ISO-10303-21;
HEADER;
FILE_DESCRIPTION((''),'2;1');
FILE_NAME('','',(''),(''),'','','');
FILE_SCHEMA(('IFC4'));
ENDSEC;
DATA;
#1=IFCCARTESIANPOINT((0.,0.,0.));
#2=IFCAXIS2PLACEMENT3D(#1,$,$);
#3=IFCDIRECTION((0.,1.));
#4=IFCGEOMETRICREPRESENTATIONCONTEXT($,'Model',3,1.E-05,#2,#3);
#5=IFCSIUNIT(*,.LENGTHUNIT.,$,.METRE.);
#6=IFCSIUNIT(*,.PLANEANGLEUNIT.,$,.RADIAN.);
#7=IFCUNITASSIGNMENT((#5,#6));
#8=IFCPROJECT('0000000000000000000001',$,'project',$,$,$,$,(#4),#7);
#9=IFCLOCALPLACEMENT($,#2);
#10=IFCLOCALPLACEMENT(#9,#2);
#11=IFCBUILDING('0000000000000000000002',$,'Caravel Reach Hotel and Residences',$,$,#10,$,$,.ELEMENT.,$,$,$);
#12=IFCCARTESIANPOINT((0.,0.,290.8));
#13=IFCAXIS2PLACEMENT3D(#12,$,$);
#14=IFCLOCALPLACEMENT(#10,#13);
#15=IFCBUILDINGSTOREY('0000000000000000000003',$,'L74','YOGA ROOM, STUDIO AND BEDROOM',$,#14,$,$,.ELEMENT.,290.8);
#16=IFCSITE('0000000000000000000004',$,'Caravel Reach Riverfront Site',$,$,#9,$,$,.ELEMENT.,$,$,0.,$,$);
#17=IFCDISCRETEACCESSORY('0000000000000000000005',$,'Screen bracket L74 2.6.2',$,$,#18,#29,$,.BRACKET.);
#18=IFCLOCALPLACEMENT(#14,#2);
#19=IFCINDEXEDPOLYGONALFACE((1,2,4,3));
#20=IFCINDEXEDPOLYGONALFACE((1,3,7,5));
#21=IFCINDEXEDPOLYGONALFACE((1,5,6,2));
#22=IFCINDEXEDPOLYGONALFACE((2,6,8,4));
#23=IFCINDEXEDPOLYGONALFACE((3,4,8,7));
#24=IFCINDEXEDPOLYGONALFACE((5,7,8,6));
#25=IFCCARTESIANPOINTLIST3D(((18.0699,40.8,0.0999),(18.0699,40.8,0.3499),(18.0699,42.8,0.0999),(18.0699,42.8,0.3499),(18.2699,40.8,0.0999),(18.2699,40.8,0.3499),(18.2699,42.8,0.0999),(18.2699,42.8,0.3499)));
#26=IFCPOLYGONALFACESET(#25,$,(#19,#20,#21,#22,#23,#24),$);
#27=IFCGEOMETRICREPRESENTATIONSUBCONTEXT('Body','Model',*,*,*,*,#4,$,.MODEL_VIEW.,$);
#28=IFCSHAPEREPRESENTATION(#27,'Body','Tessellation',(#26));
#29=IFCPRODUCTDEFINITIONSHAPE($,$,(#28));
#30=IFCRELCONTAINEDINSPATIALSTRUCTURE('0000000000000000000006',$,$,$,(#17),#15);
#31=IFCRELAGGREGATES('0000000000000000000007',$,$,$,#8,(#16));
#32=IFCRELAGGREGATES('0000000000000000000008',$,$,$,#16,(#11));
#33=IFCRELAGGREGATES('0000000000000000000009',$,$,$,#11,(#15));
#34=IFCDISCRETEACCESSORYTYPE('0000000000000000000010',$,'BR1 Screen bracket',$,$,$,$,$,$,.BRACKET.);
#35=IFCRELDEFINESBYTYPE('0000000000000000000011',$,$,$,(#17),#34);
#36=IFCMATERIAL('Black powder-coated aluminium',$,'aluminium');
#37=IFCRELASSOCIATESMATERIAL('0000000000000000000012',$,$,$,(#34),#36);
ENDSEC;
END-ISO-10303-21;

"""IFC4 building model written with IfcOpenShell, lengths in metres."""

from ifc_helpers import new_model, si_unit, direction, frame, origin, origin_2d, place, context, subcontext, project, spatial, rectangle, extrude, material, type_object, element, save


model = new_model("IFC4")

# Units and contexts
model_context = context("Model", 3, precision=1e-05, world=origin(), true_north=direction((0.0, 1.0)))
body_context = subcontext(model_context, "Body", "Model", "MODEL_VIEW")
ifc_project = project(units=[si_unit("LENGTHUNIT", "METRE"), si_unit("PLANEANGLEUNIT", "RADIAN")], contexts=[model_context])

# Site, building, storey
site_placement = place(None, origin())
site = spatial("IfcSite", under=ifc_project, at=site_placement, Name="Caravel Reach Riverfront Site", CompositionType="ELEMENT", RefElevation=0.0)
building_placement = place(site_placement, origin())
building = spatial("IfcBuilding", under=site, at=building_placement, Name="Caravel Reach Hotel and Residences", CompositionType="ELEMENT")
storey_placement = place(building_placement, frame((0.0, 0.0, 290.8)))
storey = spatial("IfcBuildingStorey", under=building, at=storey_placement, Name="L74", Description="YOGA ROOM, STUDIO AND BEDROOM", CompositionType="ELEMENT", Elevation=290.8)

# Discrete accessory
ifc_material_1 = material(Name="Black powder-coated aluminium", Category="aluminium")
discrete_accessory_type = type_object("IfcDiscreteAccessoryType", Name="BR1 Screen bracket", PredefinedType="BRACKET", material=ifc_material_1)
for number, where, z_axis, x_axis, name in (
    (1, (18.1699, 41.8, 0.0999), (0.0, 0.0, 1.0), (0.0, 1.0, 0.0), "Screen bracket L74 2.6.2"),
):
    element("IfcDiscreteAccessory", number, at=place(storey_placement, frame(where, z_axis=z_axis, x_axis=x_axis)), inside=storey, type_object=discrete_accessory_type, Name=name, PredefinedType="BRACKET", context=body_context, shape_type="SweptSolid", body=[
        extrude(rectangle(XDim=2.0, YDim=0.2, at=origin_2d()), origin(), (0.0, 0.0, 1.0), 0.25),
    ])

save(model, "model.ifc")
